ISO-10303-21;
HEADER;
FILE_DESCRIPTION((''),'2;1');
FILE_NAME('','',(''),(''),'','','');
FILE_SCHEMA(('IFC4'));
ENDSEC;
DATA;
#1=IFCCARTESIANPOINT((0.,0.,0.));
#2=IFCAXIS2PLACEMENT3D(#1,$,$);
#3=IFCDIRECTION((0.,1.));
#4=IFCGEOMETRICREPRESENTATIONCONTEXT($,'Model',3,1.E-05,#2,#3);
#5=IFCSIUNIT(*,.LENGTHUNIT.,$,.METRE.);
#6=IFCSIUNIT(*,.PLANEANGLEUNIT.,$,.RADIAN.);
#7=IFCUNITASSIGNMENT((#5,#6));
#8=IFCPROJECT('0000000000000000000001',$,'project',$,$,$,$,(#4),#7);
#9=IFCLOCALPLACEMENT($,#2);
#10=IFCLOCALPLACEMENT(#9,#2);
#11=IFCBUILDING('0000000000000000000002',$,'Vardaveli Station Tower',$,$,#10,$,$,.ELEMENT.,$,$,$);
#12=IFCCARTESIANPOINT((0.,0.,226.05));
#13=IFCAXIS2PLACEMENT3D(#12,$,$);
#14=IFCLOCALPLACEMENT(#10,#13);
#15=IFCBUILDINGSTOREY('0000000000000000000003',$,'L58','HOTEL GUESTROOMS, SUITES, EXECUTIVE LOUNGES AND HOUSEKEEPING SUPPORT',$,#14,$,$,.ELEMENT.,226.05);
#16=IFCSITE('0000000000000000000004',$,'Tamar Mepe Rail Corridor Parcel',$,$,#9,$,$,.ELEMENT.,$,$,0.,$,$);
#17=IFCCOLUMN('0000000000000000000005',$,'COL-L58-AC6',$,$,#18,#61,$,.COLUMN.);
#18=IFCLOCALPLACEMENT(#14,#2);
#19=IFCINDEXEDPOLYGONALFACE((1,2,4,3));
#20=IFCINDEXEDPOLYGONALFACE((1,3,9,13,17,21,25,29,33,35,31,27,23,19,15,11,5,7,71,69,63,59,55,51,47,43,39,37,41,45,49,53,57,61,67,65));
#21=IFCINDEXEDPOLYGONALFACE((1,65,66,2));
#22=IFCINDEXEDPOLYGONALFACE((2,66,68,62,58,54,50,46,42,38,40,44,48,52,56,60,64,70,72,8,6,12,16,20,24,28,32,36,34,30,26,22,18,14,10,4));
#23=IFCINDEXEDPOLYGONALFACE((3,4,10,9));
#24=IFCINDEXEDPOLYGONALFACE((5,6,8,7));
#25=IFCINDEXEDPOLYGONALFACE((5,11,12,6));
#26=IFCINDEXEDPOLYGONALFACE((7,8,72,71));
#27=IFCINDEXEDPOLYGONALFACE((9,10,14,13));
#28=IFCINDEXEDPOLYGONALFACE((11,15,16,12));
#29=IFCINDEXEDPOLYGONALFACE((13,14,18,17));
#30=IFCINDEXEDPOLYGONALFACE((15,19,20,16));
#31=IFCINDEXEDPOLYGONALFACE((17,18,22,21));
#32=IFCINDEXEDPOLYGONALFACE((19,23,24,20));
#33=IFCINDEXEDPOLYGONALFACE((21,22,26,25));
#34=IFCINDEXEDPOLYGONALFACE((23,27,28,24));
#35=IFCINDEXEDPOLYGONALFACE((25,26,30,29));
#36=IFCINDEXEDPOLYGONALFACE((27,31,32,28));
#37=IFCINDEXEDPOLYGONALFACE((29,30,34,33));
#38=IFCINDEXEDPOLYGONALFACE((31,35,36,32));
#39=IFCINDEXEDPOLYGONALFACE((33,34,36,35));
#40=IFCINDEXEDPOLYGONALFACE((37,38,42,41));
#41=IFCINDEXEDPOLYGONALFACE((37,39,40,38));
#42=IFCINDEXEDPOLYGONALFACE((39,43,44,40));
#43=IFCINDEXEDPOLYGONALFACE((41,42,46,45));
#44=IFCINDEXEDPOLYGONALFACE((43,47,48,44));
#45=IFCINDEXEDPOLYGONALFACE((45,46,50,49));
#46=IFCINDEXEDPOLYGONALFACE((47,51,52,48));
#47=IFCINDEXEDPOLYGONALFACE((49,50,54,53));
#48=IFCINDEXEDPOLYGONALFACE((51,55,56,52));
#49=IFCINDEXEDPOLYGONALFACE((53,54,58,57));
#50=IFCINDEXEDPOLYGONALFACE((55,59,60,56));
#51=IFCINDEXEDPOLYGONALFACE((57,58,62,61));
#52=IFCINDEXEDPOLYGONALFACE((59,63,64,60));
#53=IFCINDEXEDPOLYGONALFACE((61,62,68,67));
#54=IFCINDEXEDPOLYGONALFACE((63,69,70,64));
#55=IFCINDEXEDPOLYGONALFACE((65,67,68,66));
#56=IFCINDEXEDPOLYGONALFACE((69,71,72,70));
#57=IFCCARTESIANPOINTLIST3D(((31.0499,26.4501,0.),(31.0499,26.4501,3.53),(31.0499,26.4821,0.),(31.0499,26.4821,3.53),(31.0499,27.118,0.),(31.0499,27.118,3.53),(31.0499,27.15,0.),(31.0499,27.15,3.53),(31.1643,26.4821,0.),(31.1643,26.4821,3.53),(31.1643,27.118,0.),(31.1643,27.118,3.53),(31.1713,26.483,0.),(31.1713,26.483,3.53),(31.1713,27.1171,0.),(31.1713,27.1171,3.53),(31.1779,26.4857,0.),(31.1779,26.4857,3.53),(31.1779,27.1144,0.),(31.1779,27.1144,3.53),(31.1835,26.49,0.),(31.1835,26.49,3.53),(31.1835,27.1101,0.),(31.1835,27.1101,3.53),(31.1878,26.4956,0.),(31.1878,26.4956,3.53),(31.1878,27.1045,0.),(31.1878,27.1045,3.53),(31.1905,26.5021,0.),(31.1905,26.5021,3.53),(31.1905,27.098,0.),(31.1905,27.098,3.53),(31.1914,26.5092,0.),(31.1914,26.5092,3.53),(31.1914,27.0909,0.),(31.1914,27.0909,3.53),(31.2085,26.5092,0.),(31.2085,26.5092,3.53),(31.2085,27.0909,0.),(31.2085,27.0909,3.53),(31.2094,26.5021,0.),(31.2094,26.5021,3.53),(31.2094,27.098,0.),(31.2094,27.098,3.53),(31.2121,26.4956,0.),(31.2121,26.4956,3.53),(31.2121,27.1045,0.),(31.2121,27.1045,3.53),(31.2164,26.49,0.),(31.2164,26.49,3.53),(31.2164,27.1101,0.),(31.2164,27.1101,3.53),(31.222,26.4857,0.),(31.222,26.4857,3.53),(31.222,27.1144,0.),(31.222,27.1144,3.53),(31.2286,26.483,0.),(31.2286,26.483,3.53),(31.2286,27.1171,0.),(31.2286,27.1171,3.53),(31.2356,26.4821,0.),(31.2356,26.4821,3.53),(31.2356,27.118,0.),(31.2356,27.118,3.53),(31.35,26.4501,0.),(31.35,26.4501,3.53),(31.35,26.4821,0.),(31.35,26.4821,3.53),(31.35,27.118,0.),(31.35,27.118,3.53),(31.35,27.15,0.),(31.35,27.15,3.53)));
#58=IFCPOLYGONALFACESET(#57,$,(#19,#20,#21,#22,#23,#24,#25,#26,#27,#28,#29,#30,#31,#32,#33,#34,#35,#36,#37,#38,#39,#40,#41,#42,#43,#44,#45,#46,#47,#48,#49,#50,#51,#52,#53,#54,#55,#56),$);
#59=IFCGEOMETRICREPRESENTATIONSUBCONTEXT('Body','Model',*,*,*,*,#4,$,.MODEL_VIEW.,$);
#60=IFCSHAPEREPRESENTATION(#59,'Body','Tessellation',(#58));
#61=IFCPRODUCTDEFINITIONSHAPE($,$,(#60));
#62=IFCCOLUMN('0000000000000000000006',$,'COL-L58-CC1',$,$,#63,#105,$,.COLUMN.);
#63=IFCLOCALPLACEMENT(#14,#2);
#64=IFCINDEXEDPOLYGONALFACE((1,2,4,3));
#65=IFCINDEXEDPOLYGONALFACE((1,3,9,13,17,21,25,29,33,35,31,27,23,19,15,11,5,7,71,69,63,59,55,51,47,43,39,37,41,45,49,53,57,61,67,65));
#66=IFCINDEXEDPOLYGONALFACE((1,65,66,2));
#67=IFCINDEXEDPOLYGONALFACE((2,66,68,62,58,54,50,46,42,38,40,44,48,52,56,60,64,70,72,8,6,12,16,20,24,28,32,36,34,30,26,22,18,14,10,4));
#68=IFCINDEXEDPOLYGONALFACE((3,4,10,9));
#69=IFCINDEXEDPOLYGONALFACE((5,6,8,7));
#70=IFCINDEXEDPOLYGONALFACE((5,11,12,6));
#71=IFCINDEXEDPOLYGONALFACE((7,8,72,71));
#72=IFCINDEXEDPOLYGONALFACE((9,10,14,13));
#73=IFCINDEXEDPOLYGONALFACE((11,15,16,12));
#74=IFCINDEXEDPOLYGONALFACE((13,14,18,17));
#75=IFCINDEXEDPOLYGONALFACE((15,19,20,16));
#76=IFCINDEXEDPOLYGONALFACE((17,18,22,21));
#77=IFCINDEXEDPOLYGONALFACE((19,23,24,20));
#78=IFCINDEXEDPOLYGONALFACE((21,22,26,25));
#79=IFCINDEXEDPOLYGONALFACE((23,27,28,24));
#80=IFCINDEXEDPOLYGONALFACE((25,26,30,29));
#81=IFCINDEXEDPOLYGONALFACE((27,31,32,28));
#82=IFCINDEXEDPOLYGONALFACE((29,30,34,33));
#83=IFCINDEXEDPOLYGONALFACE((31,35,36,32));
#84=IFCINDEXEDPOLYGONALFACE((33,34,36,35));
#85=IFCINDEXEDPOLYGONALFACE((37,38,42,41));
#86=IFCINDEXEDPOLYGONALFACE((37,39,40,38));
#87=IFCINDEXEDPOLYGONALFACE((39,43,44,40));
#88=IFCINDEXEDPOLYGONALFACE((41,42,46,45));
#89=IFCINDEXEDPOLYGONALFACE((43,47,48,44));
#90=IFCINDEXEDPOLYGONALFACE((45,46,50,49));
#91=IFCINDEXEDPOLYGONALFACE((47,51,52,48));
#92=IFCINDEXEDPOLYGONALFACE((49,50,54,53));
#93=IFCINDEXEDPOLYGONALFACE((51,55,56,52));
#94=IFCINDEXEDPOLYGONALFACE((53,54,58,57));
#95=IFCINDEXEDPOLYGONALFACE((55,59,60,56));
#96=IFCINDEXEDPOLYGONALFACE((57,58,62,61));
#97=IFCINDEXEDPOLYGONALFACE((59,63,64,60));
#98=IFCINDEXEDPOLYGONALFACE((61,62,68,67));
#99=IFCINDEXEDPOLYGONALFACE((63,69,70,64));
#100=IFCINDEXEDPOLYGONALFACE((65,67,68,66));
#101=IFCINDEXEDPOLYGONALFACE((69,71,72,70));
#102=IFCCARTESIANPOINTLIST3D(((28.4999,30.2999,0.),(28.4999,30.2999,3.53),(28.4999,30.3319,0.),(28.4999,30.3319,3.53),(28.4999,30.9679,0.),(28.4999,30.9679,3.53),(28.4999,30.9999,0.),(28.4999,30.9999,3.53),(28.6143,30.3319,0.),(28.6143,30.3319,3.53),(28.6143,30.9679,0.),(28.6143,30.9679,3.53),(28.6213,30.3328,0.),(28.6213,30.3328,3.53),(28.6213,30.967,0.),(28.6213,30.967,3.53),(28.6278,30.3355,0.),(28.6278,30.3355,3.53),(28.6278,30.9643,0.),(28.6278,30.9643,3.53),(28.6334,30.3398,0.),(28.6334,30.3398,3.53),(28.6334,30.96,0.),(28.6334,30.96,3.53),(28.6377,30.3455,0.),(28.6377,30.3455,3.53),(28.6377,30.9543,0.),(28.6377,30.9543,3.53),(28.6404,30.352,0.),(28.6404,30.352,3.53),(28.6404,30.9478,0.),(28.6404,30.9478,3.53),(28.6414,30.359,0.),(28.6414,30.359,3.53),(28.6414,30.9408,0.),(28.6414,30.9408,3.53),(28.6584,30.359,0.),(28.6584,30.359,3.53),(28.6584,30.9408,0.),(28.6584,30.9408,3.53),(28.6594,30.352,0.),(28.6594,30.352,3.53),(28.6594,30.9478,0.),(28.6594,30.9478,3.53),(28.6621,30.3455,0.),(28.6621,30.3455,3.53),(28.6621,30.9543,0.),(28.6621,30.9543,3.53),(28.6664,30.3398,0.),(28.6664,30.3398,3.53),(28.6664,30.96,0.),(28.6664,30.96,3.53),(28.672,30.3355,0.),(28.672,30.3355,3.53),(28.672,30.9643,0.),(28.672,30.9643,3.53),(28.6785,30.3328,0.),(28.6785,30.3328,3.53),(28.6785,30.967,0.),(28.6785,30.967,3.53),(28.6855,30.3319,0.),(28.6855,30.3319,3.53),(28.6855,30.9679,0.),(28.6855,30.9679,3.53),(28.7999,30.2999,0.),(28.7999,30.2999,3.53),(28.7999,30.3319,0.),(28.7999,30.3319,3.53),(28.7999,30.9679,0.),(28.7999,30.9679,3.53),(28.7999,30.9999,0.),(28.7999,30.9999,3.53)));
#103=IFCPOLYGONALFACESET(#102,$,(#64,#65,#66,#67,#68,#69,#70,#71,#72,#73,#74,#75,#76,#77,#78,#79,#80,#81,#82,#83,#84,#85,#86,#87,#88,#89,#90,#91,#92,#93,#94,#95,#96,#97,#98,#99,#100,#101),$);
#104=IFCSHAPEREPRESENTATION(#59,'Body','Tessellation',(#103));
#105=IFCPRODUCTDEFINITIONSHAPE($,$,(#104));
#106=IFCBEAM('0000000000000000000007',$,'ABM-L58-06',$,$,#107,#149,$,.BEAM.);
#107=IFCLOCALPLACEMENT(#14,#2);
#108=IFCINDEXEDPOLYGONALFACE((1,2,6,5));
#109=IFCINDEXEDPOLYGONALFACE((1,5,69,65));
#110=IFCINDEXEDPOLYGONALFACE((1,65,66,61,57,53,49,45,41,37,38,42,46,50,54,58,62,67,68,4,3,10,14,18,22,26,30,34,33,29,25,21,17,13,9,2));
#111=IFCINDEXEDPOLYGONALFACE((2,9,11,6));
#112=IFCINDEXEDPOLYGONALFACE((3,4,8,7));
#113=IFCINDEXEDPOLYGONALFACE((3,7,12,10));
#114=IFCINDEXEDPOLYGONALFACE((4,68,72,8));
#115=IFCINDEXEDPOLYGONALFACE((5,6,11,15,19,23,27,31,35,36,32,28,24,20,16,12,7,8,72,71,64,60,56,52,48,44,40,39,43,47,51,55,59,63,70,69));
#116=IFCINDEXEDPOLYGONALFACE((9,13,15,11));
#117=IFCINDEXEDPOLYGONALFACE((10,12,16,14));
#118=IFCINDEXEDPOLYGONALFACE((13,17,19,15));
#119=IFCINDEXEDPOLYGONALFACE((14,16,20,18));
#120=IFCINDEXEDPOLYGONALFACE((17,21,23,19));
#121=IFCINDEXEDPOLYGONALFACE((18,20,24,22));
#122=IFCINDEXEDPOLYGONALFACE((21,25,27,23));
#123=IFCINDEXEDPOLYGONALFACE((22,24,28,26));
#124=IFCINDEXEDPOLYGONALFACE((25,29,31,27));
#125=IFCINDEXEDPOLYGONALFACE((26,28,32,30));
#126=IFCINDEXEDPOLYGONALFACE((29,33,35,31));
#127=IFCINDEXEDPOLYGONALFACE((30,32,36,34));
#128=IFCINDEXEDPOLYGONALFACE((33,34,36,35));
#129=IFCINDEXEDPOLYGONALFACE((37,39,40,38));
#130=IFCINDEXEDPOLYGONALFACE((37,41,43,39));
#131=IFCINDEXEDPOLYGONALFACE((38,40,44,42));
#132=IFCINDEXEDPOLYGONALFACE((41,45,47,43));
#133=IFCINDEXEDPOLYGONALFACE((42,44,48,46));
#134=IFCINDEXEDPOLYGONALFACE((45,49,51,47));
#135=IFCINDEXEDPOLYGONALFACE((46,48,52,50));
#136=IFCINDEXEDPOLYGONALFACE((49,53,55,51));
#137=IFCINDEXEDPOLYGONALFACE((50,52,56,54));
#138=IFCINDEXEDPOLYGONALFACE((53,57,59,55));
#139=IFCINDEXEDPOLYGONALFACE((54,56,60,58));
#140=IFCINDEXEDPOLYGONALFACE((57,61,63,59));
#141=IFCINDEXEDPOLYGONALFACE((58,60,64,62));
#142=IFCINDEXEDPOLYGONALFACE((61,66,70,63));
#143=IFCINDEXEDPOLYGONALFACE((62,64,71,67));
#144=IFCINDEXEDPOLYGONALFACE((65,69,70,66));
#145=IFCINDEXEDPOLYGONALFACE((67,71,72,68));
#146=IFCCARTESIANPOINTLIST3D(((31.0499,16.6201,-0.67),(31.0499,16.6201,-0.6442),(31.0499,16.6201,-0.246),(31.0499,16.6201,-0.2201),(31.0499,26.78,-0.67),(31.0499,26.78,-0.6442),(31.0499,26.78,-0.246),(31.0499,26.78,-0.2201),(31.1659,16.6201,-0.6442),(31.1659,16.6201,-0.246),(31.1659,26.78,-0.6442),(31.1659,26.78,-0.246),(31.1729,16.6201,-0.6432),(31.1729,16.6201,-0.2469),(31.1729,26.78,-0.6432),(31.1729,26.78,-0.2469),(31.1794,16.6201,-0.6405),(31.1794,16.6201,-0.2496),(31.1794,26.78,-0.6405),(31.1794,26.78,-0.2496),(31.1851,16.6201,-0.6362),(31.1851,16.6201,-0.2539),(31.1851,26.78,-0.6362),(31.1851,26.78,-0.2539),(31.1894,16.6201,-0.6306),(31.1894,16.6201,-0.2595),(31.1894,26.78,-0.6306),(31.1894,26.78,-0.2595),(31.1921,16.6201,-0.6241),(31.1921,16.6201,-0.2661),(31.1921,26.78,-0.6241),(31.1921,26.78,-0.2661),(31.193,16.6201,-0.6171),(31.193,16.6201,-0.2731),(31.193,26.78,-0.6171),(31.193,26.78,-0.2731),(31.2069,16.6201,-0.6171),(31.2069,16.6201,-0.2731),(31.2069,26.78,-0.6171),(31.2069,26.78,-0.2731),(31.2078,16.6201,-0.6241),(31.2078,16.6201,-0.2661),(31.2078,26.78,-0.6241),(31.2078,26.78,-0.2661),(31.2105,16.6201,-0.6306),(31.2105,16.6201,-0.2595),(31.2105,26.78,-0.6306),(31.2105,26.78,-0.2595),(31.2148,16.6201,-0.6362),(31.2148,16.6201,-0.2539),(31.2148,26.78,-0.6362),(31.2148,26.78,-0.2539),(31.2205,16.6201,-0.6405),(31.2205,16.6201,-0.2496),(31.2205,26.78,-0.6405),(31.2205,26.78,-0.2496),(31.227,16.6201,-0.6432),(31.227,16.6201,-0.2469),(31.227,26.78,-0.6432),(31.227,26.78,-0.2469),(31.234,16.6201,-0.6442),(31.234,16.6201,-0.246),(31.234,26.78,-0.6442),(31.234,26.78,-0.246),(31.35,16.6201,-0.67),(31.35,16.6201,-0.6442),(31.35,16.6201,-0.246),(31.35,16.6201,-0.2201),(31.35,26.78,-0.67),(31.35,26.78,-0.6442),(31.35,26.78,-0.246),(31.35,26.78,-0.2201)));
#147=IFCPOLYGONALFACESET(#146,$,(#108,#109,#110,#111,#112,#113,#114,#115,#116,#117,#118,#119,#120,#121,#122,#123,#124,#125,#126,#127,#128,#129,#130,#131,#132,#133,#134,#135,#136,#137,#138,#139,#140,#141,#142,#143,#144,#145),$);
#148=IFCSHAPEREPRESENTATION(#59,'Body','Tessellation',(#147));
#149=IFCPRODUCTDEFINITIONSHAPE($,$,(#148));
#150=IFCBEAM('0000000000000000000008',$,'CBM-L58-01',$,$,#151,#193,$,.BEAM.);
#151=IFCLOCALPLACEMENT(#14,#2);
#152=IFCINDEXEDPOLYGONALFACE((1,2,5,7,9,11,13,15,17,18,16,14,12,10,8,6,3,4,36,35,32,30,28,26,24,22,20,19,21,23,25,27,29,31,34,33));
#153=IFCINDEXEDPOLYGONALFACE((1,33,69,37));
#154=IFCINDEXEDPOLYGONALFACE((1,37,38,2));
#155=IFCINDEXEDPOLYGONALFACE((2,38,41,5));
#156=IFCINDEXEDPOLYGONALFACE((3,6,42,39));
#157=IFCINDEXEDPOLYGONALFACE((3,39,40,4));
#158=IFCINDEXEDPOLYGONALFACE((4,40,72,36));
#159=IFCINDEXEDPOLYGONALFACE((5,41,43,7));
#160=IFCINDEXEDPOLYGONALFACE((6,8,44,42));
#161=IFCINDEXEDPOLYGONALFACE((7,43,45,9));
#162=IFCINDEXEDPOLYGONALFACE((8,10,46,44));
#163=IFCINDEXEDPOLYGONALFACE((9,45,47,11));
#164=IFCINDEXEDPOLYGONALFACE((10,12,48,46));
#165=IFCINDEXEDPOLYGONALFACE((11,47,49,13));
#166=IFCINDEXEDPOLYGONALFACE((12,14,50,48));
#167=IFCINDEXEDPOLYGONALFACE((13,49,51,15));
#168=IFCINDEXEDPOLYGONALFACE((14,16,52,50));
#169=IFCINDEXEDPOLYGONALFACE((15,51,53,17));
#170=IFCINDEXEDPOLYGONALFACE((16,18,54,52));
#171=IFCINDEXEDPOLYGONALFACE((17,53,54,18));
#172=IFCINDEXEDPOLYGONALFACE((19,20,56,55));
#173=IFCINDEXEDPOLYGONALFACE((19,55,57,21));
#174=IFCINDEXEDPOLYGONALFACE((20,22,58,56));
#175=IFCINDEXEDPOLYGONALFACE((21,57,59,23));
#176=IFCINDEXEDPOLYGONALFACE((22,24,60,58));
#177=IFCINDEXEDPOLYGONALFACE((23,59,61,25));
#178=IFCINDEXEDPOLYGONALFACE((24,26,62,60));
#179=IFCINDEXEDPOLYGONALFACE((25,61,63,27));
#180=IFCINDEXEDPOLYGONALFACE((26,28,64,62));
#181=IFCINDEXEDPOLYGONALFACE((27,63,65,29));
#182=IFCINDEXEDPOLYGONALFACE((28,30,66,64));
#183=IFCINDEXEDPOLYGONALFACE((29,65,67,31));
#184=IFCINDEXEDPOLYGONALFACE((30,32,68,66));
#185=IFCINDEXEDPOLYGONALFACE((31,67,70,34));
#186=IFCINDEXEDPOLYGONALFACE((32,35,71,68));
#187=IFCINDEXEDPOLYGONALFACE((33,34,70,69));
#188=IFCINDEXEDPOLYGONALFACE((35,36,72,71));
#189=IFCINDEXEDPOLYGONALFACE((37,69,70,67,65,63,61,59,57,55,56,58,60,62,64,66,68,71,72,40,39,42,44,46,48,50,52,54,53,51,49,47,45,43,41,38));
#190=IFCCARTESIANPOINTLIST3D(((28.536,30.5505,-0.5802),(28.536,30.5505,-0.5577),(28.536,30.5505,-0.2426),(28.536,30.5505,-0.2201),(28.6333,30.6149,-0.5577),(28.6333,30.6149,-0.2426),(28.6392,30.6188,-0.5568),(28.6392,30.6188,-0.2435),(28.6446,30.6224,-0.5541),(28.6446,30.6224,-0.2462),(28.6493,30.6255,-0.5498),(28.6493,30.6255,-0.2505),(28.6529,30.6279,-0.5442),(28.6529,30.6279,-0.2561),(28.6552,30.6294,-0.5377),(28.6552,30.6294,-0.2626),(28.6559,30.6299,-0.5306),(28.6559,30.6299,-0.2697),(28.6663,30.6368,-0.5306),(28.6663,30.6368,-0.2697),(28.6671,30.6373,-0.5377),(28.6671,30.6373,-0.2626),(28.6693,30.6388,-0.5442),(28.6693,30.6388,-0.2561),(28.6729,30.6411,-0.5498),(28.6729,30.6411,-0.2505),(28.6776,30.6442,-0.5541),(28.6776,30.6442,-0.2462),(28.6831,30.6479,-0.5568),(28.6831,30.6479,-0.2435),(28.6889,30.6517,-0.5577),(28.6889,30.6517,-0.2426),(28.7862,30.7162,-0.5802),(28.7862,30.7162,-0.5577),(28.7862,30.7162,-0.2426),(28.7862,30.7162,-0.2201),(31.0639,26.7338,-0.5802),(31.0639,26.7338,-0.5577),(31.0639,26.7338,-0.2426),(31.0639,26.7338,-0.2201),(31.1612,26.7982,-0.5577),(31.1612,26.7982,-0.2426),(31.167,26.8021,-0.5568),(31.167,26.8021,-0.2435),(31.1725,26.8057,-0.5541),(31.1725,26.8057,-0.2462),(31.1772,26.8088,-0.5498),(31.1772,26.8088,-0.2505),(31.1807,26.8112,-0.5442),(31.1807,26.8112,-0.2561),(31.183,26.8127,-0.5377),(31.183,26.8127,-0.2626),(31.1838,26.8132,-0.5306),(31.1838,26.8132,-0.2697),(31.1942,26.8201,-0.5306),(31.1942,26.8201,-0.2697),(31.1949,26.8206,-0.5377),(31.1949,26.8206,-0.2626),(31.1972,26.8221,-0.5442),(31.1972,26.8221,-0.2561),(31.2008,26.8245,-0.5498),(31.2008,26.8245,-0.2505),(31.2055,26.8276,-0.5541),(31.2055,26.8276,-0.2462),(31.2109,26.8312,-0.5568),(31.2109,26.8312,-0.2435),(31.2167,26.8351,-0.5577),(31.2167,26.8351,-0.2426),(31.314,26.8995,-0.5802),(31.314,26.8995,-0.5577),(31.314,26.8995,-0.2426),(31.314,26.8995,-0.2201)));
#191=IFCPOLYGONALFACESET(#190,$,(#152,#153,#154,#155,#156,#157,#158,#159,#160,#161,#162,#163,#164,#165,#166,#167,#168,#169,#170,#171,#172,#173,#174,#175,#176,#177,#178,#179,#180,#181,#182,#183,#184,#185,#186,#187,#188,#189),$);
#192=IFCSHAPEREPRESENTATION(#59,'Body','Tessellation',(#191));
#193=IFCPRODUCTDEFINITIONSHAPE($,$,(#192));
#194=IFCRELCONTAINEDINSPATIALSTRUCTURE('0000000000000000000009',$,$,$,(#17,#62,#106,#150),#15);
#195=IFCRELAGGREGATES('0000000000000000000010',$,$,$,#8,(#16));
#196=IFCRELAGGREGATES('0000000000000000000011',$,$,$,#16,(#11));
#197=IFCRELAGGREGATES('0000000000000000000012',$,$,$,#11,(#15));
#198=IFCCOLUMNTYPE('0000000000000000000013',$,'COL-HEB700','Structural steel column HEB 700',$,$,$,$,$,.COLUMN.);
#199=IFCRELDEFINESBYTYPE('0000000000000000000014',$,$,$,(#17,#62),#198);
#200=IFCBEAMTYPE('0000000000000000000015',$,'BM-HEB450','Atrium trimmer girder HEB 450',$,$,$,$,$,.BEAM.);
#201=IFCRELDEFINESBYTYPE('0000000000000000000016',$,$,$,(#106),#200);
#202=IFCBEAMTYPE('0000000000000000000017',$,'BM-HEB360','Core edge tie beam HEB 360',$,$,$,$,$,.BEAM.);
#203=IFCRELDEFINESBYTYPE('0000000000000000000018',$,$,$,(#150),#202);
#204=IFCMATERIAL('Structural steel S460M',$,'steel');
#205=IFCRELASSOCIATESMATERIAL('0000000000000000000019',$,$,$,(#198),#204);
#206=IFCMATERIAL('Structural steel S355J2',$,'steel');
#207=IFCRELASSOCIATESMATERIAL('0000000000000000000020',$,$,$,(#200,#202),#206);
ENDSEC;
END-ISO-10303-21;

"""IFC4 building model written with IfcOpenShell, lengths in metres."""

from ifc_helpers import new_model, si_unit, direction, frame, origin, origin_2d, place, context, subcontext, project, spatial, i_section, extrude, source, transform, mapped, material, material_profile, profile_set, type_object, element, save


model = new_model("IFC4")

# Units and contexts
model_context = context("Model", 3, precision=1e-05, world=origin(), true_north=direction((0.0, 1.0)))
body_context = subcontext(model_context, "Body", "Model", "MODEL_VIEW")
ifc_project = project(units=[si_unit("LENGTHUNIT", "METRE"), si_unit("PLANEANGLEUNIT", "RADIAN")], contexts=[model_context])

# Site, building, storey
site_placement = place(None, origin())
site = spatial("IfcSite", under=ifc_project, at=site_placement, Name="Tamar Mepe Rail Corridor Parcel", CompositionType="ELEMENT", RefElevation=0.0)
building_placement = place(site_placement, origin())
building = spatial("IfcBuilding", under=site, at=building_placement, Name="Vardaveli Station Tower", CompositionType="ELEMENT")
storey_placement = place(building_placement, frame((0.0, 0.0, 226.05)))
storey = spatial("IfcBuildingStorey", under=building, at=storey_placement, Name="L58", Description="HOTEL GUESTROOMS, SUITES, EXECUTIVE LOUNGES AND HOUSEKEEPING SUPPORT", CompositionType="ELEMENT", Elevation=226.05)

# Columns
ifc_material_1 = material(Name="Structural steel S460M", Category="steel")
ifc_material_profile_1 = material_profile(ifc_material_1, i_section(OverallWidth=0.3, OverallDepth=0.7, WebThickness=0.0171, FlangeThickness=0.032, FilletRadius=0.0271, at=origin_2d()), Name="HEB 700")
ifc_profile_set_1 = profile_set([ifc_material_profile_1], Name="Structural steel S460M")
column_type = type_object("IfcColumnType", Name="COL-HEB700", Description="Structural steel column HEB 700", PredefinedType="COLUMN", material=ifc_profile_set_1)
shared_shape_1 = source(origin(), body_context, "Body", "SweptSolid", [
    extrude(i_section(OverallWidth=0.3, OverallDepth=0.7, WebThickness=0.0171, FlangeThickness=0.032, FilletRadius=0.0271, at=origin_2d()), origin(), (0.0, 0.0, 1.0), 3.53),
])
for number, where, z_axis, x_axis, name in (
    (1, (31.2, 26.8, 0.0), (0.0, 0.0, 1.0), (1.0, 0.0, 0.0), "COL-L58-AC6"),
    (2, (28.6499, 30.6499, 0.0), (0.0, 0.0, 1.0), (1.0, 0.0, 0.0), "COL-L58-CC1"),
):
    element("IfcColumn", number, at=place(storey_placement, frame(where, z_axis=z_axis, x_axis=x_axis)), inside=storey, type_object=column_type, Name=name, PredefinedType="COLUMN", context=body_context, shape_type="MappedRepresentation", body=[
        mapped(shared_shape_1, transform((0.0, 0.0, 0.0), scale=1.0)),
    ])

# Beams
ifc_material_2 = material(Name="Structural steel S355J2", Category="steel")
ifc_material_profile_2 = material_profile(ifc_material_2, i_section(OverallWidth=0.3, OverallDepth=0.45, WebThickness=0.0139, FlangeThickness=0.0259, FilletRadius=0.0271, at=origin_2d()), Name="HEB 450")
ifc_profile_set_2 = profile_set([ifc_material_profile_2], Name="Structural steel S355J2")
beam_type_1 = type_object("IfcBeamType", Name="BM-HEB450", Description="Atrium trimmer girder HEB 450", PredefinedType="BEAM", material=ifc_profile_set_2)
shared_shape_2 = source(origin(), body_context, "Body", "SweptSolid", [
    extrude(i_section(OverallWidth=0.3, OverallDepth=0.45, WebThickness=0.0139, FlangeThickness=0.0259, FilletRadius=0.0271, at=origin_2d()), origin(), (0.0, 0.0, 1.0), 10.1599),
])
beam_1_placement = place(storey_placement, frame((31.2, 26.78, -0.4451), z_axis=(0.0, -1.0, 0.0), x_axis=(1.0, 0.0, 0.0)))
element("IfcBeam", 3, at=beam_1_placement, inside=storey, type_object=beam_type_1, Name="ABM-L58-06", PredefinedType="BEAM", context=body_context, shape_type="MappedRepresentation", body=[
    mapped(shared_shape_2, transform((0.0, 0.0, 0.0), scale=1.0)),
])
ifc_material_profile_3 = material_profile(ifc_material_2, i_section(OverallWidth=0.3, OverallDepth=0.3601, WebThickness=0.0125, FlangeThickness=0.0225, FilletRadius=0.0271, at=origin_2d()), Name="HEB 360")
ifc_profile_set_3 = profile_set([ifc_material_profile_3], Name="Structural steel S355J2")
beam_type_2 = type_object("IfcBeamType", Name="BM-HEB360", Description="Core edge tie beam HEB 360", PredefinedType="BEAM", material=ifc_profile_set_3)
shared_shape_3 = source(origin(), body_context, "Body", "SweptSolid", [
    extrude(i_section(OverallWidth=0.3, OverallDepth=0.3601, WebThickness=0.0125, FlangeThickness=0.0225, FilletRadius=0.0271, at=origin_2d()), origin(), (0.0, 0.0, 1.0), 4.5779),
])
beam_2_placement = place(storey_placement, frame((31.189, 26.8167, -0.4001), z_axis=(-0.552187, 0.83372, 0.0), x_axis=(-0.83372, -0.552187, 0.0)))
element("IfcBeam", 4, at=beam_2_placement, inside=storey, type_object=beam_type_2, Name="CBM-L58-01", PredefinedType="BEAM", context=body_context, shape_type="MappedRepresentation", body=[
    mapped(shared_shape_3, transform((0.0, 0.0, 0.0), scale=1.0)),
])

save(model, "model.ifc")
